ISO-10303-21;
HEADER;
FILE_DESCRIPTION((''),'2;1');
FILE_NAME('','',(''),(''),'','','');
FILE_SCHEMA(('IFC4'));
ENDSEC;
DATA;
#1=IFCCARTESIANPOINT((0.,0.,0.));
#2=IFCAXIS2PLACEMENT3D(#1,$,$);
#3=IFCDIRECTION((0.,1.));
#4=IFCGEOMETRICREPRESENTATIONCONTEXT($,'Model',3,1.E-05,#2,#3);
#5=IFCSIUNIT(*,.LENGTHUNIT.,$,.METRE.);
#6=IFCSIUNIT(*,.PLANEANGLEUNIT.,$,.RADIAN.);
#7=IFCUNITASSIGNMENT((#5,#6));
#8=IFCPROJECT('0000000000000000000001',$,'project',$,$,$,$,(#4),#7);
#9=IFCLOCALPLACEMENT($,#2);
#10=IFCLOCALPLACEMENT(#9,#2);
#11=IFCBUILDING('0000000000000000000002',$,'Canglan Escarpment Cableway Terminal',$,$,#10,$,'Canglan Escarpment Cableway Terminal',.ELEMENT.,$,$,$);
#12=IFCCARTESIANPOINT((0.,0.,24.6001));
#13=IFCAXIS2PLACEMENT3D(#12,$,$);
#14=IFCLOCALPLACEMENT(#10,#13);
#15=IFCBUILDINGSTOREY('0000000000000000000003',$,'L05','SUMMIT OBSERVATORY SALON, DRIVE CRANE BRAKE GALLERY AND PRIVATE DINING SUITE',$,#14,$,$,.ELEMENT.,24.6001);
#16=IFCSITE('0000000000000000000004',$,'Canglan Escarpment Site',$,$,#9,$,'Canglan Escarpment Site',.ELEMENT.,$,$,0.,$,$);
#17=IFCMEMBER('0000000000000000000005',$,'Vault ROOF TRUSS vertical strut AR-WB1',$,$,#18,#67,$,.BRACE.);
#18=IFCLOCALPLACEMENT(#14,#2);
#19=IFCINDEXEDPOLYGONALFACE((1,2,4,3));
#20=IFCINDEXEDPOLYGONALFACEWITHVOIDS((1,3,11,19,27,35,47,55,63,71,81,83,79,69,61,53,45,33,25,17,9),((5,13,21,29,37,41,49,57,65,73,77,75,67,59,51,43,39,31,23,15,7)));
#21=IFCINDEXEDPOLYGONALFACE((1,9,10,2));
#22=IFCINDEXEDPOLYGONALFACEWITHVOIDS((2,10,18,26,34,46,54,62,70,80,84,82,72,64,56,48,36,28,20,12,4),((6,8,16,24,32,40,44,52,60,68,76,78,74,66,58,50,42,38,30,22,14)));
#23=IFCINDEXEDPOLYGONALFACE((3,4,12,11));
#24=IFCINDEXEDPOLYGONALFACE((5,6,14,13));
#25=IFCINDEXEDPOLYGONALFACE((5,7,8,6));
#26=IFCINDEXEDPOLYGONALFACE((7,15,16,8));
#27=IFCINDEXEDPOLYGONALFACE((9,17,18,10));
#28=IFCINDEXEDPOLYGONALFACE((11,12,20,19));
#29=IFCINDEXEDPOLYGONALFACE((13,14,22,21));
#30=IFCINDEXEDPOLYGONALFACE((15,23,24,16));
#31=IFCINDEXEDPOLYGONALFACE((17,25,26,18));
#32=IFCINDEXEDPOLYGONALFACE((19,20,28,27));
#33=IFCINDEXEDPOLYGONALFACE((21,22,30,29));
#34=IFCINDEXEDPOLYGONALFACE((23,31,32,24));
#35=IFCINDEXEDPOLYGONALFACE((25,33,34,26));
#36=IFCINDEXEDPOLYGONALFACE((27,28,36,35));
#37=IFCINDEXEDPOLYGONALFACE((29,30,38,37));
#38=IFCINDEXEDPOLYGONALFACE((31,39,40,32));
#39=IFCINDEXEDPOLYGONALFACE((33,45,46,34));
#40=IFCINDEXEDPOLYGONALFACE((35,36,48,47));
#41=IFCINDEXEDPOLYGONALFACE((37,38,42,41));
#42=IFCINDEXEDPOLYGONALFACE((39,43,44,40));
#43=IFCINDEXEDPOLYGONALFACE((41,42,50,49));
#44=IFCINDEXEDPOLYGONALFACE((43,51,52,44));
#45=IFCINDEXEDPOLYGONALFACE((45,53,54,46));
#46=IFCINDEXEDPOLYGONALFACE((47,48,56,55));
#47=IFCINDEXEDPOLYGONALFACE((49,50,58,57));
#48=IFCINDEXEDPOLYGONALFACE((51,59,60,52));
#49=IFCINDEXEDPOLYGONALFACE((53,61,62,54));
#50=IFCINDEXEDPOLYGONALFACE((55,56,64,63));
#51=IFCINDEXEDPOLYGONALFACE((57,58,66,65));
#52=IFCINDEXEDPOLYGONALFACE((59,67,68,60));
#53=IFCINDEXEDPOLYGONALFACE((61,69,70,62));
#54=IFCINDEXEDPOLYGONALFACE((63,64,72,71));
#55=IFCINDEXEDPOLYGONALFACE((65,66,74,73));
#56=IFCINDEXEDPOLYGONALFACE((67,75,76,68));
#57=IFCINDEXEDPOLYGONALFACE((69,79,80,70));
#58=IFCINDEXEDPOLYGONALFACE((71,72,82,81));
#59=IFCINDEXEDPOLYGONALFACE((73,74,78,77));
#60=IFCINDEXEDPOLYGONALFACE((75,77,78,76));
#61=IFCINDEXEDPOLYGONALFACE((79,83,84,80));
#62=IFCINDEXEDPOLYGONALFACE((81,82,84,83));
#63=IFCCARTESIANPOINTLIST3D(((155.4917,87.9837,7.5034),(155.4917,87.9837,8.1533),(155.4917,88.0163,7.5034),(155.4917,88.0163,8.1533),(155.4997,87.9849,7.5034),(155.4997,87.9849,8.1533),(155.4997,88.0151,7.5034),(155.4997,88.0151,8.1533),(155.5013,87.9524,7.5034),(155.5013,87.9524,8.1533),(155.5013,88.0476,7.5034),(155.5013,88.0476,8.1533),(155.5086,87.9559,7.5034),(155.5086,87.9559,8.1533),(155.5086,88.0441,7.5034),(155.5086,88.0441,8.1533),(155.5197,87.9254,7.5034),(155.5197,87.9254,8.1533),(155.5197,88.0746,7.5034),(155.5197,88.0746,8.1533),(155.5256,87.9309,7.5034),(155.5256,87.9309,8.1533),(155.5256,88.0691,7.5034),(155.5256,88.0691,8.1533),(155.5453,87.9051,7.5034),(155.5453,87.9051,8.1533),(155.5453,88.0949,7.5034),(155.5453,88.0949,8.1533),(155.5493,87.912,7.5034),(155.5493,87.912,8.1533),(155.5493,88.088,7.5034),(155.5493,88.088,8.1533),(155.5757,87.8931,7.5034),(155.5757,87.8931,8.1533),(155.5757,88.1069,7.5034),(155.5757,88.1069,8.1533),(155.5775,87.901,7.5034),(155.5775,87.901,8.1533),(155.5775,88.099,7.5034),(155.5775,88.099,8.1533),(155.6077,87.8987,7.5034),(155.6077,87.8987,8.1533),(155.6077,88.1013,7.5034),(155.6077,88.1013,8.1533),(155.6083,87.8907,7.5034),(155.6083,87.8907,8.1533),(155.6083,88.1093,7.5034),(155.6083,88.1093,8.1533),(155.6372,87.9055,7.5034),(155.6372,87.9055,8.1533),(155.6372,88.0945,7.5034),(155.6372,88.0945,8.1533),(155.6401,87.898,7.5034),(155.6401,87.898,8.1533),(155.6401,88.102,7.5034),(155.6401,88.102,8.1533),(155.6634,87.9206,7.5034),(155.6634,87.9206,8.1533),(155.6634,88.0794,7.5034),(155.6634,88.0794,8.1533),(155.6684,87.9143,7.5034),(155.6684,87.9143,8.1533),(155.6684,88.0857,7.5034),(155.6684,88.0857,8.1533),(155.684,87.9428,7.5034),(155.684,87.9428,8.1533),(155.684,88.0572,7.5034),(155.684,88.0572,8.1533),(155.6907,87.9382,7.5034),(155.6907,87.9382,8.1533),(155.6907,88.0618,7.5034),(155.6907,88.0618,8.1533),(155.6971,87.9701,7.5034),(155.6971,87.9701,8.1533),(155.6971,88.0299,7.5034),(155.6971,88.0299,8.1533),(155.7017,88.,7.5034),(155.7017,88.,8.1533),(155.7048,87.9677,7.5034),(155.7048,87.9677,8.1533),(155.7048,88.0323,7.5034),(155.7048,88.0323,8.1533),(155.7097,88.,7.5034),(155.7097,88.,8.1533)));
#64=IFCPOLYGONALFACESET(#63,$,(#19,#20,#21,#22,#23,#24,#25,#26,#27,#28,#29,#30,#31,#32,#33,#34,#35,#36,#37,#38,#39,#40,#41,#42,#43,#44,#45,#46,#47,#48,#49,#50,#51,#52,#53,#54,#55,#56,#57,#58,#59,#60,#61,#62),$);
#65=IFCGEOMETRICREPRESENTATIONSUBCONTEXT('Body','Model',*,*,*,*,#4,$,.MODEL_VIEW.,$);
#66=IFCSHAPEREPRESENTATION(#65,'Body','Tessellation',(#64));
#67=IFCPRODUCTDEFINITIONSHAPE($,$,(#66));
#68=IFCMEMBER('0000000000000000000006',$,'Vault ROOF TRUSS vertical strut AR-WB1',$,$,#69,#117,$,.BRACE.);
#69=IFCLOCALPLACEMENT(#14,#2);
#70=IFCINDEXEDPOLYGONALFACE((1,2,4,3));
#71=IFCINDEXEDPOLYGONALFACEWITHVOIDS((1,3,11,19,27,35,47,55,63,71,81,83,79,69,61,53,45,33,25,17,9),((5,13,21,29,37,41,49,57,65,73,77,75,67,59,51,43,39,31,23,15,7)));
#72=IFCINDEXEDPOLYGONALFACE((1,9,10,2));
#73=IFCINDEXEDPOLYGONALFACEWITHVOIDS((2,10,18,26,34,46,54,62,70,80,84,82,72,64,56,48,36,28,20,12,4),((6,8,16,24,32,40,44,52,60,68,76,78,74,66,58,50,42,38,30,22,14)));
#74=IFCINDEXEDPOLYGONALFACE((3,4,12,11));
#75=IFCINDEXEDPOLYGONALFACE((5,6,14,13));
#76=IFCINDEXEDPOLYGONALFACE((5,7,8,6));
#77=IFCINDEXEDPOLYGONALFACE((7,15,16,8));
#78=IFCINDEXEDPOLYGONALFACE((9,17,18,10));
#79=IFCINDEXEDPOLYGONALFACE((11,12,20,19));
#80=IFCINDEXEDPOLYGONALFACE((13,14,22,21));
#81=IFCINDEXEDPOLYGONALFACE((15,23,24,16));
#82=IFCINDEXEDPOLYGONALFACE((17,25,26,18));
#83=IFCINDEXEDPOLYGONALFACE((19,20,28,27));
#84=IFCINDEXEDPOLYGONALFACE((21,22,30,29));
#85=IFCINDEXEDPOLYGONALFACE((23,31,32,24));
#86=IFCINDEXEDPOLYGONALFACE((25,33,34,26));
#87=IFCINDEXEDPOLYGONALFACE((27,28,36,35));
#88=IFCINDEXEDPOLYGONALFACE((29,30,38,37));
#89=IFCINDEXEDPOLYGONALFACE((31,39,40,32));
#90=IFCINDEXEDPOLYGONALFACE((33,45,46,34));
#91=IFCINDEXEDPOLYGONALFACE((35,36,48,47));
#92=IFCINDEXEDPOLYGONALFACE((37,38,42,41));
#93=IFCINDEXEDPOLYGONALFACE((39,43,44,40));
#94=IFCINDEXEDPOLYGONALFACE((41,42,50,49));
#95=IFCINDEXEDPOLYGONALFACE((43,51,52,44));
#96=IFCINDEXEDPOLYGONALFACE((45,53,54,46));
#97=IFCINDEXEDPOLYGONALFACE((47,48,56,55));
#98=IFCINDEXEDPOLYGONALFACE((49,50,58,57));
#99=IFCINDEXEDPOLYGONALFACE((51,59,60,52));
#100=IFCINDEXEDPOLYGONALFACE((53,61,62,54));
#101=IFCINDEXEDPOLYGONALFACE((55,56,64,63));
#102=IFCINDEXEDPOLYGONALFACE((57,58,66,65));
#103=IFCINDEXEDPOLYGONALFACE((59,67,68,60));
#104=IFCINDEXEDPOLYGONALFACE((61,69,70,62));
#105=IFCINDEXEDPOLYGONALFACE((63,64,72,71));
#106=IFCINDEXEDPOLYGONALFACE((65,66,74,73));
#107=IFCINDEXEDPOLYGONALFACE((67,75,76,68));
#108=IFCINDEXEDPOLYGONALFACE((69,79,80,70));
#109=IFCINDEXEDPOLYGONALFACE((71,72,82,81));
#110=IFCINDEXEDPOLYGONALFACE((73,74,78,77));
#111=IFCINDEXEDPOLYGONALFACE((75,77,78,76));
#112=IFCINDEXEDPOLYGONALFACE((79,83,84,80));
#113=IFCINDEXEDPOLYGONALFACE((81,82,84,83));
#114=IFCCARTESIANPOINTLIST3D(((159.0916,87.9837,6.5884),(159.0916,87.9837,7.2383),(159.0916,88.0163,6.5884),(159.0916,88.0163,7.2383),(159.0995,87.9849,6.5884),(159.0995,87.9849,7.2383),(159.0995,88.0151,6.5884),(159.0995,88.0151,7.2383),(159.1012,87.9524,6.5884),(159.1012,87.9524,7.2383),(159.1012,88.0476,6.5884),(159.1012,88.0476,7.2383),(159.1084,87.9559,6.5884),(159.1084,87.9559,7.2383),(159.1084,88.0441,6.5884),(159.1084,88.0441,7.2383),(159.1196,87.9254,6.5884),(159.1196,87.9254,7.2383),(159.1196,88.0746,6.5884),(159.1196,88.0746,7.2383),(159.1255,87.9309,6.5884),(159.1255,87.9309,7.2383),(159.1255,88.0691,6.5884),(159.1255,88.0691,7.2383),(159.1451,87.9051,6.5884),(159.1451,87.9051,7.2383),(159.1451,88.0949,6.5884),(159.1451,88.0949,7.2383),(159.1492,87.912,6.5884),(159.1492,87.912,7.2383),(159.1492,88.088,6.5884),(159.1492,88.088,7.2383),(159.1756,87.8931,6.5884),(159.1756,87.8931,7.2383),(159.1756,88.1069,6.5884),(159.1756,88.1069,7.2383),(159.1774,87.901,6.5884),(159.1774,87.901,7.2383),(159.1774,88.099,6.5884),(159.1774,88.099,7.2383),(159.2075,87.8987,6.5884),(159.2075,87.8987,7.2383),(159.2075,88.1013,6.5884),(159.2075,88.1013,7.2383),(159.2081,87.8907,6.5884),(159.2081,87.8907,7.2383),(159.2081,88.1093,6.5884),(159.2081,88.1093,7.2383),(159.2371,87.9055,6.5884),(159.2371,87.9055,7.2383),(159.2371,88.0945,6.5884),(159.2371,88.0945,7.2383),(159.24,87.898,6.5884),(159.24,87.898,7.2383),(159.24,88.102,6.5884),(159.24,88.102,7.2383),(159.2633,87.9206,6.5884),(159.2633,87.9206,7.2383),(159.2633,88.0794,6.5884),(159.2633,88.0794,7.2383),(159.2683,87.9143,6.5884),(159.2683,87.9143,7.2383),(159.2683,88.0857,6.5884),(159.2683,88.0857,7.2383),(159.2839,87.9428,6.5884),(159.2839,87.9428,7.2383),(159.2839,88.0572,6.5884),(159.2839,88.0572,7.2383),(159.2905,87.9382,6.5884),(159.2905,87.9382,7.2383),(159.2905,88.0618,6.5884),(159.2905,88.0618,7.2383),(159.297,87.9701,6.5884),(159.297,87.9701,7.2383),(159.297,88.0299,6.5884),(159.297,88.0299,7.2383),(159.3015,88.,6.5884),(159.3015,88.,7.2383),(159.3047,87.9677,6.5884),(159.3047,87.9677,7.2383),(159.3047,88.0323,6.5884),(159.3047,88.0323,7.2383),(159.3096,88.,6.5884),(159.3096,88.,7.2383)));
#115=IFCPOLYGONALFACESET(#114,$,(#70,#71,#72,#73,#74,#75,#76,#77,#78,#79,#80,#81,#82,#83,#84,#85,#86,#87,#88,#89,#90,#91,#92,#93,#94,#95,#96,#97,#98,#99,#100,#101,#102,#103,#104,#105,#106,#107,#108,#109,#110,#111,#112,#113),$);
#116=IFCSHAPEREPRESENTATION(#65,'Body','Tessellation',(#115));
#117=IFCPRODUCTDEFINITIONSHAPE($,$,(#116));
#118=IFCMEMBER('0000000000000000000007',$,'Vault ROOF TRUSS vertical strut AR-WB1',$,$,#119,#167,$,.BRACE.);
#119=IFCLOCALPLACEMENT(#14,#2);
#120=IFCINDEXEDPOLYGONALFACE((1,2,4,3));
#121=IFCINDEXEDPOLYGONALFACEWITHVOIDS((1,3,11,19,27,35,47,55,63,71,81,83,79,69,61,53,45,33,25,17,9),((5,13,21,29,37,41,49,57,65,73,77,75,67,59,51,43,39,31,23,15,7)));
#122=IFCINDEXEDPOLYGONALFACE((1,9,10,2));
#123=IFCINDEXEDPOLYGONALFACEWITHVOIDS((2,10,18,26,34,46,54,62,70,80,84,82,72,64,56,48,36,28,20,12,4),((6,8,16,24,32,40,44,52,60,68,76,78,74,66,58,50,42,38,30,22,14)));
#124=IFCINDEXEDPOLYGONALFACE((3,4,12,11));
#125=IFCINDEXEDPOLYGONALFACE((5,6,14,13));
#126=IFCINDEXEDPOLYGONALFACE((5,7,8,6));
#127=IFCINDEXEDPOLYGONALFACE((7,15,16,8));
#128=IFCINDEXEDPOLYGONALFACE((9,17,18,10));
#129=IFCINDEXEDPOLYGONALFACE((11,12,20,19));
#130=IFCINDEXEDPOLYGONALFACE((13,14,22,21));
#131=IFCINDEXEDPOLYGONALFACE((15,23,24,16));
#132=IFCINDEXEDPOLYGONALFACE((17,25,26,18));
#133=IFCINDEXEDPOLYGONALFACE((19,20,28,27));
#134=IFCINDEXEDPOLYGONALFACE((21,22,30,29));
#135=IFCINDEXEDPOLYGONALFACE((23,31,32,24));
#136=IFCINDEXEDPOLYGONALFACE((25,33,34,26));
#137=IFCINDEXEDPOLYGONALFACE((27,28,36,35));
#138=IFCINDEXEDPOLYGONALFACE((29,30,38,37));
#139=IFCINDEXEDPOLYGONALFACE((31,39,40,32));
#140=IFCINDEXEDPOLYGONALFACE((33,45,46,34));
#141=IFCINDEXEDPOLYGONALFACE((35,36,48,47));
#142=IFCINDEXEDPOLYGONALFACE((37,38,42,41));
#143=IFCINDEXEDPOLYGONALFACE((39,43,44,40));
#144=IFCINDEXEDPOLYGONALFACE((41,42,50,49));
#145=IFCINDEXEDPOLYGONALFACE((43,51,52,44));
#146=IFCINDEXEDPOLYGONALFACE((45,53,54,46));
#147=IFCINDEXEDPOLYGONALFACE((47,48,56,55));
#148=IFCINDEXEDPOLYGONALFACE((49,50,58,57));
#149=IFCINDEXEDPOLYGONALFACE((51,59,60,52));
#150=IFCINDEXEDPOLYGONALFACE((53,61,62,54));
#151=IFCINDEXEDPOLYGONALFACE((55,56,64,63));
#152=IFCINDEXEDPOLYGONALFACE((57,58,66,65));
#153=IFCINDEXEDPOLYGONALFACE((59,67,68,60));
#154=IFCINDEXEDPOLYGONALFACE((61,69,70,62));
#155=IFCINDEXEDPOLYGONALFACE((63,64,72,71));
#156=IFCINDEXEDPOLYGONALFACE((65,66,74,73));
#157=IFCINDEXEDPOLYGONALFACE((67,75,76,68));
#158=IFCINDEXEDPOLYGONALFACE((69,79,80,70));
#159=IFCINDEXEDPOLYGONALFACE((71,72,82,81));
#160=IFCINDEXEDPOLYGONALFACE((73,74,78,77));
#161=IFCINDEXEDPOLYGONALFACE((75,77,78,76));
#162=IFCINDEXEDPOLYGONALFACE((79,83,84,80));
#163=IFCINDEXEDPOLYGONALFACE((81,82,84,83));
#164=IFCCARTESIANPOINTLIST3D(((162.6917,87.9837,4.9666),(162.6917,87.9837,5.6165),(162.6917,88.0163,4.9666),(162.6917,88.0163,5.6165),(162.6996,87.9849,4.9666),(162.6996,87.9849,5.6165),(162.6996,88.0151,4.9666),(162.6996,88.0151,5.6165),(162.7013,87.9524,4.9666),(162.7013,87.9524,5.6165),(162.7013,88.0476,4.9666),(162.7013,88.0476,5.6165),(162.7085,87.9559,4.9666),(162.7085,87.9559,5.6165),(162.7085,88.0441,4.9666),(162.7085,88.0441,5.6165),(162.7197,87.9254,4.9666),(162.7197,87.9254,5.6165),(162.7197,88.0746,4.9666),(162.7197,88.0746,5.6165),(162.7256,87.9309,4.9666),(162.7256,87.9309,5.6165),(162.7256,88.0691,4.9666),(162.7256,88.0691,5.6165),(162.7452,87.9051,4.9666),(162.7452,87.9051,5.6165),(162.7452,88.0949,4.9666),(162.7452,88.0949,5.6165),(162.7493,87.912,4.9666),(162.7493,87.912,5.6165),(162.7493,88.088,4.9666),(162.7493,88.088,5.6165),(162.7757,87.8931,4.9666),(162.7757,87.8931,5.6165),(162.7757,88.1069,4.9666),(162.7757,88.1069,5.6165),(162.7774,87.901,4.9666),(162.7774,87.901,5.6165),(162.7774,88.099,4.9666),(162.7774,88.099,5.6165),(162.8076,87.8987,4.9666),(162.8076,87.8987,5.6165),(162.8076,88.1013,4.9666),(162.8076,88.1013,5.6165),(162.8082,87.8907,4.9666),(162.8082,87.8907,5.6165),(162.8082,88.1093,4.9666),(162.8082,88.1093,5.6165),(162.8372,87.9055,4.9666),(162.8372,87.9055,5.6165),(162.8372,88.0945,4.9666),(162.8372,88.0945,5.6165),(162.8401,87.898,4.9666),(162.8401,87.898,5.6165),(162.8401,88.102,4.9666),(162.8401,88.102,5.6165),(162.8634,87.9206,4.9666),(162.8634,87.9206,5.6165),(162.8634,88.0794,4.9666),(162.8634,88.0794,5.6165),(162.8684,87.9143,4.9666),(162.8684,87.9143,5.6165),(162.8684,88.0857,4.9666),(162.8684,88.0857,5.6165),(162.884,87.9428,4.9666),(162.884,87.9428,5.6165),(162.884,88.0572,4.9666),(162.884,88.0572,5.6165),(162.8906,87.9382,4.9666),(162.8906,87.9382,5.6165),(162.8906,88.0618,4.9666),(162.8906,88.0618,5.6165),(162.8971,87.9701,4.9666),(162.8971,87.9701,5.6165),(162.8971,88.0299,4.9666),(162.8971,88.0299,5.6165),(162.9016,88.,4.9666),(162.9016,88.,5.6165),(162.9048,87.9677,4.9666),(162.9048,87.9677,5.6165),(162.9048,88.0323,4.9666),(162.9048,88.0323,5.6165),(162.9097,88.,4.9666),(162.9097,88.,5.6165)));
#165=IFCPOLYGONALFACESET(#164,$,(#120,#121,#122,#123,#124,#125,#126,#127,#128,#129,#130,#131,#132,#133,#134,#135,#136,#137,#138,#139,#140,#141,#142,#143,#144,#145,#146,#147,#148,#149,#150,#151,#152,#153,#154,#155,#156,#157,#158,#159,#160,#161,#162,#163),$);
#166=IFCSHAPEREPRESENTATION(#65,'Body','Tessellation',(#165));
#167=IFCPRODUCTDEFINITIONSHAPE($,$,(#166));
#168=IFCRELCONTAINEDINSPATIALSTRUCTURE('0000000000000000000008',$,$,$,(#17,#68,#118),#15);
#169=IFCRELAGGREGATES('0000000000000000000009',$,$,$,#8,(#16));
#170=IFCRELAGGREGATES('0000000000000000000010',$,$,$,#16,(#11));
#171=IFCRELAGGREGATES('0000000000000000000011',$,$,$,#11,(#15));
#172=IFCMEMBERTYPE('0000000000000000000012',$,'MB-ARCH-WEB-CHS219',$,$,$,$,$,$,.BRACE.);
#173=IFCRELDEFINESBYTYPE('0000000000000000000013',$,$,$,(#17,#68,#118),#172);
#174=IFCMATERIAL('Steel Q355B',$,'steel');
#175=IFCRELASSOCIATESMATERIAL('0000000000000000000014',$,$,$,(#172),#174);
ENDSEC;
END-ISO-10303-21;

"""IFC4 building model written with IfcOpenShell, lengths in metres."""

from ifc_helpers import new_model, si_unit, direction, frame, origin, origin_2d, place, context, subcontext, project, spatial, hollow_circle, extrude, material, material_profile, profile_set, type_object, element, save


model = new_model("IFC4")

# Units and contexts
model_context = context("Model", 3, precision=1e-05, world=origin(), true_north=direction((0.0, 1.0)))
body_context = subcontext(model_context, "Body", "Model", "MODEL_VIEW")
ifc_project = project(units=[si_unit("LENGTHUNIT", "METRE"), si_unit("PLANEANGLEUNIT", "RADIAN")], contexts=[model_context])

# Site, building, storey
site_placement = place(None, origin())
site = spatial("IfcSite", under=ifc_project, at=site_placement, Name="Canglan Escarpment Site", LongName="Canglan Escarpment Site", CompositionType="ELEMENT", RefElevation=0.0)
building_placement = place(site_placement, origin())
building = spatial("IfcBuilding", under=site, at=building_placement, Name="Canglan Escarpment Cableway Terminal", LongName="Canglan Escarpment Cableway Terminal", CompositionType="ELEMENT")
storey_placement = place(building_placement, frame((0.0, 0.0, 24.6001)))
storey = spatial("IfcBuildingStorey", under=building, at=storey_placement, Name="L05", Description="SUMMIT OBSERVATORY SALON, DRIVE CRANE BRAKE GALLERY AND PRIVATE DINING SUITE", CompositionType="ELEMENT", Elevation=24.6001)

# Shared definitions
ifc_material = material(Name="Steel Q355B", Category="steel")

# Members
ifc_material_profile_1 = material_profile(ifc_material, hollow_circle(Radius=0.1096, WallThickness=0.0081, at=origin_2d()), Name="CHS 219.1x8")
ifc_profile_set_1 = profile_set([ifc_material_profile_1], Name="Steel Q355B")
member_type_1 = type_object("IfcMemberType", Name="MB-ARCH-WEB-CHS219", PredefinedType="BRACE", material=ifc_profile_set_1)
for number, where, z_axis, x_axis, name in (
    (1, (155.6001, 88.0, 7.5034), (0.0, 0.0, 1.0), (1.0, 0.0, 0.0), "Vault ROOF TRUSS vertical strut AR-WB1"),
    (2, (159.2, 88.0, 6.5884), (0.0, 0.0, 1.0), (1.0, 0.0, 0.0), "Vault ROOF TRUSS vertical strut AR-WB1"),
    (3, (162.8, 88.0, 4.9666), (0.0, 0.0, 1.0), (1.0, 0.0, 0.0), "Vault ROOF TRUSS vertical strut AR-WB1"),
):
    element("IfcMember", number, at=place(storey_placement, frame(where, z_axis=z_axis, x_axis=x_axis)), inside=storey, type_object=member_type_1, Name=name, PredefinedType="BRACE", context=body_context, shape_type="SweptSolid", body=[
        extrude(hollow_circle(Radius=0.1096, WallThickness=0.0081, at=origin_2d()), origin(), (0.0, 0.0, 1.0), 0.6499),
    ])

save(model, "model.ifc")
